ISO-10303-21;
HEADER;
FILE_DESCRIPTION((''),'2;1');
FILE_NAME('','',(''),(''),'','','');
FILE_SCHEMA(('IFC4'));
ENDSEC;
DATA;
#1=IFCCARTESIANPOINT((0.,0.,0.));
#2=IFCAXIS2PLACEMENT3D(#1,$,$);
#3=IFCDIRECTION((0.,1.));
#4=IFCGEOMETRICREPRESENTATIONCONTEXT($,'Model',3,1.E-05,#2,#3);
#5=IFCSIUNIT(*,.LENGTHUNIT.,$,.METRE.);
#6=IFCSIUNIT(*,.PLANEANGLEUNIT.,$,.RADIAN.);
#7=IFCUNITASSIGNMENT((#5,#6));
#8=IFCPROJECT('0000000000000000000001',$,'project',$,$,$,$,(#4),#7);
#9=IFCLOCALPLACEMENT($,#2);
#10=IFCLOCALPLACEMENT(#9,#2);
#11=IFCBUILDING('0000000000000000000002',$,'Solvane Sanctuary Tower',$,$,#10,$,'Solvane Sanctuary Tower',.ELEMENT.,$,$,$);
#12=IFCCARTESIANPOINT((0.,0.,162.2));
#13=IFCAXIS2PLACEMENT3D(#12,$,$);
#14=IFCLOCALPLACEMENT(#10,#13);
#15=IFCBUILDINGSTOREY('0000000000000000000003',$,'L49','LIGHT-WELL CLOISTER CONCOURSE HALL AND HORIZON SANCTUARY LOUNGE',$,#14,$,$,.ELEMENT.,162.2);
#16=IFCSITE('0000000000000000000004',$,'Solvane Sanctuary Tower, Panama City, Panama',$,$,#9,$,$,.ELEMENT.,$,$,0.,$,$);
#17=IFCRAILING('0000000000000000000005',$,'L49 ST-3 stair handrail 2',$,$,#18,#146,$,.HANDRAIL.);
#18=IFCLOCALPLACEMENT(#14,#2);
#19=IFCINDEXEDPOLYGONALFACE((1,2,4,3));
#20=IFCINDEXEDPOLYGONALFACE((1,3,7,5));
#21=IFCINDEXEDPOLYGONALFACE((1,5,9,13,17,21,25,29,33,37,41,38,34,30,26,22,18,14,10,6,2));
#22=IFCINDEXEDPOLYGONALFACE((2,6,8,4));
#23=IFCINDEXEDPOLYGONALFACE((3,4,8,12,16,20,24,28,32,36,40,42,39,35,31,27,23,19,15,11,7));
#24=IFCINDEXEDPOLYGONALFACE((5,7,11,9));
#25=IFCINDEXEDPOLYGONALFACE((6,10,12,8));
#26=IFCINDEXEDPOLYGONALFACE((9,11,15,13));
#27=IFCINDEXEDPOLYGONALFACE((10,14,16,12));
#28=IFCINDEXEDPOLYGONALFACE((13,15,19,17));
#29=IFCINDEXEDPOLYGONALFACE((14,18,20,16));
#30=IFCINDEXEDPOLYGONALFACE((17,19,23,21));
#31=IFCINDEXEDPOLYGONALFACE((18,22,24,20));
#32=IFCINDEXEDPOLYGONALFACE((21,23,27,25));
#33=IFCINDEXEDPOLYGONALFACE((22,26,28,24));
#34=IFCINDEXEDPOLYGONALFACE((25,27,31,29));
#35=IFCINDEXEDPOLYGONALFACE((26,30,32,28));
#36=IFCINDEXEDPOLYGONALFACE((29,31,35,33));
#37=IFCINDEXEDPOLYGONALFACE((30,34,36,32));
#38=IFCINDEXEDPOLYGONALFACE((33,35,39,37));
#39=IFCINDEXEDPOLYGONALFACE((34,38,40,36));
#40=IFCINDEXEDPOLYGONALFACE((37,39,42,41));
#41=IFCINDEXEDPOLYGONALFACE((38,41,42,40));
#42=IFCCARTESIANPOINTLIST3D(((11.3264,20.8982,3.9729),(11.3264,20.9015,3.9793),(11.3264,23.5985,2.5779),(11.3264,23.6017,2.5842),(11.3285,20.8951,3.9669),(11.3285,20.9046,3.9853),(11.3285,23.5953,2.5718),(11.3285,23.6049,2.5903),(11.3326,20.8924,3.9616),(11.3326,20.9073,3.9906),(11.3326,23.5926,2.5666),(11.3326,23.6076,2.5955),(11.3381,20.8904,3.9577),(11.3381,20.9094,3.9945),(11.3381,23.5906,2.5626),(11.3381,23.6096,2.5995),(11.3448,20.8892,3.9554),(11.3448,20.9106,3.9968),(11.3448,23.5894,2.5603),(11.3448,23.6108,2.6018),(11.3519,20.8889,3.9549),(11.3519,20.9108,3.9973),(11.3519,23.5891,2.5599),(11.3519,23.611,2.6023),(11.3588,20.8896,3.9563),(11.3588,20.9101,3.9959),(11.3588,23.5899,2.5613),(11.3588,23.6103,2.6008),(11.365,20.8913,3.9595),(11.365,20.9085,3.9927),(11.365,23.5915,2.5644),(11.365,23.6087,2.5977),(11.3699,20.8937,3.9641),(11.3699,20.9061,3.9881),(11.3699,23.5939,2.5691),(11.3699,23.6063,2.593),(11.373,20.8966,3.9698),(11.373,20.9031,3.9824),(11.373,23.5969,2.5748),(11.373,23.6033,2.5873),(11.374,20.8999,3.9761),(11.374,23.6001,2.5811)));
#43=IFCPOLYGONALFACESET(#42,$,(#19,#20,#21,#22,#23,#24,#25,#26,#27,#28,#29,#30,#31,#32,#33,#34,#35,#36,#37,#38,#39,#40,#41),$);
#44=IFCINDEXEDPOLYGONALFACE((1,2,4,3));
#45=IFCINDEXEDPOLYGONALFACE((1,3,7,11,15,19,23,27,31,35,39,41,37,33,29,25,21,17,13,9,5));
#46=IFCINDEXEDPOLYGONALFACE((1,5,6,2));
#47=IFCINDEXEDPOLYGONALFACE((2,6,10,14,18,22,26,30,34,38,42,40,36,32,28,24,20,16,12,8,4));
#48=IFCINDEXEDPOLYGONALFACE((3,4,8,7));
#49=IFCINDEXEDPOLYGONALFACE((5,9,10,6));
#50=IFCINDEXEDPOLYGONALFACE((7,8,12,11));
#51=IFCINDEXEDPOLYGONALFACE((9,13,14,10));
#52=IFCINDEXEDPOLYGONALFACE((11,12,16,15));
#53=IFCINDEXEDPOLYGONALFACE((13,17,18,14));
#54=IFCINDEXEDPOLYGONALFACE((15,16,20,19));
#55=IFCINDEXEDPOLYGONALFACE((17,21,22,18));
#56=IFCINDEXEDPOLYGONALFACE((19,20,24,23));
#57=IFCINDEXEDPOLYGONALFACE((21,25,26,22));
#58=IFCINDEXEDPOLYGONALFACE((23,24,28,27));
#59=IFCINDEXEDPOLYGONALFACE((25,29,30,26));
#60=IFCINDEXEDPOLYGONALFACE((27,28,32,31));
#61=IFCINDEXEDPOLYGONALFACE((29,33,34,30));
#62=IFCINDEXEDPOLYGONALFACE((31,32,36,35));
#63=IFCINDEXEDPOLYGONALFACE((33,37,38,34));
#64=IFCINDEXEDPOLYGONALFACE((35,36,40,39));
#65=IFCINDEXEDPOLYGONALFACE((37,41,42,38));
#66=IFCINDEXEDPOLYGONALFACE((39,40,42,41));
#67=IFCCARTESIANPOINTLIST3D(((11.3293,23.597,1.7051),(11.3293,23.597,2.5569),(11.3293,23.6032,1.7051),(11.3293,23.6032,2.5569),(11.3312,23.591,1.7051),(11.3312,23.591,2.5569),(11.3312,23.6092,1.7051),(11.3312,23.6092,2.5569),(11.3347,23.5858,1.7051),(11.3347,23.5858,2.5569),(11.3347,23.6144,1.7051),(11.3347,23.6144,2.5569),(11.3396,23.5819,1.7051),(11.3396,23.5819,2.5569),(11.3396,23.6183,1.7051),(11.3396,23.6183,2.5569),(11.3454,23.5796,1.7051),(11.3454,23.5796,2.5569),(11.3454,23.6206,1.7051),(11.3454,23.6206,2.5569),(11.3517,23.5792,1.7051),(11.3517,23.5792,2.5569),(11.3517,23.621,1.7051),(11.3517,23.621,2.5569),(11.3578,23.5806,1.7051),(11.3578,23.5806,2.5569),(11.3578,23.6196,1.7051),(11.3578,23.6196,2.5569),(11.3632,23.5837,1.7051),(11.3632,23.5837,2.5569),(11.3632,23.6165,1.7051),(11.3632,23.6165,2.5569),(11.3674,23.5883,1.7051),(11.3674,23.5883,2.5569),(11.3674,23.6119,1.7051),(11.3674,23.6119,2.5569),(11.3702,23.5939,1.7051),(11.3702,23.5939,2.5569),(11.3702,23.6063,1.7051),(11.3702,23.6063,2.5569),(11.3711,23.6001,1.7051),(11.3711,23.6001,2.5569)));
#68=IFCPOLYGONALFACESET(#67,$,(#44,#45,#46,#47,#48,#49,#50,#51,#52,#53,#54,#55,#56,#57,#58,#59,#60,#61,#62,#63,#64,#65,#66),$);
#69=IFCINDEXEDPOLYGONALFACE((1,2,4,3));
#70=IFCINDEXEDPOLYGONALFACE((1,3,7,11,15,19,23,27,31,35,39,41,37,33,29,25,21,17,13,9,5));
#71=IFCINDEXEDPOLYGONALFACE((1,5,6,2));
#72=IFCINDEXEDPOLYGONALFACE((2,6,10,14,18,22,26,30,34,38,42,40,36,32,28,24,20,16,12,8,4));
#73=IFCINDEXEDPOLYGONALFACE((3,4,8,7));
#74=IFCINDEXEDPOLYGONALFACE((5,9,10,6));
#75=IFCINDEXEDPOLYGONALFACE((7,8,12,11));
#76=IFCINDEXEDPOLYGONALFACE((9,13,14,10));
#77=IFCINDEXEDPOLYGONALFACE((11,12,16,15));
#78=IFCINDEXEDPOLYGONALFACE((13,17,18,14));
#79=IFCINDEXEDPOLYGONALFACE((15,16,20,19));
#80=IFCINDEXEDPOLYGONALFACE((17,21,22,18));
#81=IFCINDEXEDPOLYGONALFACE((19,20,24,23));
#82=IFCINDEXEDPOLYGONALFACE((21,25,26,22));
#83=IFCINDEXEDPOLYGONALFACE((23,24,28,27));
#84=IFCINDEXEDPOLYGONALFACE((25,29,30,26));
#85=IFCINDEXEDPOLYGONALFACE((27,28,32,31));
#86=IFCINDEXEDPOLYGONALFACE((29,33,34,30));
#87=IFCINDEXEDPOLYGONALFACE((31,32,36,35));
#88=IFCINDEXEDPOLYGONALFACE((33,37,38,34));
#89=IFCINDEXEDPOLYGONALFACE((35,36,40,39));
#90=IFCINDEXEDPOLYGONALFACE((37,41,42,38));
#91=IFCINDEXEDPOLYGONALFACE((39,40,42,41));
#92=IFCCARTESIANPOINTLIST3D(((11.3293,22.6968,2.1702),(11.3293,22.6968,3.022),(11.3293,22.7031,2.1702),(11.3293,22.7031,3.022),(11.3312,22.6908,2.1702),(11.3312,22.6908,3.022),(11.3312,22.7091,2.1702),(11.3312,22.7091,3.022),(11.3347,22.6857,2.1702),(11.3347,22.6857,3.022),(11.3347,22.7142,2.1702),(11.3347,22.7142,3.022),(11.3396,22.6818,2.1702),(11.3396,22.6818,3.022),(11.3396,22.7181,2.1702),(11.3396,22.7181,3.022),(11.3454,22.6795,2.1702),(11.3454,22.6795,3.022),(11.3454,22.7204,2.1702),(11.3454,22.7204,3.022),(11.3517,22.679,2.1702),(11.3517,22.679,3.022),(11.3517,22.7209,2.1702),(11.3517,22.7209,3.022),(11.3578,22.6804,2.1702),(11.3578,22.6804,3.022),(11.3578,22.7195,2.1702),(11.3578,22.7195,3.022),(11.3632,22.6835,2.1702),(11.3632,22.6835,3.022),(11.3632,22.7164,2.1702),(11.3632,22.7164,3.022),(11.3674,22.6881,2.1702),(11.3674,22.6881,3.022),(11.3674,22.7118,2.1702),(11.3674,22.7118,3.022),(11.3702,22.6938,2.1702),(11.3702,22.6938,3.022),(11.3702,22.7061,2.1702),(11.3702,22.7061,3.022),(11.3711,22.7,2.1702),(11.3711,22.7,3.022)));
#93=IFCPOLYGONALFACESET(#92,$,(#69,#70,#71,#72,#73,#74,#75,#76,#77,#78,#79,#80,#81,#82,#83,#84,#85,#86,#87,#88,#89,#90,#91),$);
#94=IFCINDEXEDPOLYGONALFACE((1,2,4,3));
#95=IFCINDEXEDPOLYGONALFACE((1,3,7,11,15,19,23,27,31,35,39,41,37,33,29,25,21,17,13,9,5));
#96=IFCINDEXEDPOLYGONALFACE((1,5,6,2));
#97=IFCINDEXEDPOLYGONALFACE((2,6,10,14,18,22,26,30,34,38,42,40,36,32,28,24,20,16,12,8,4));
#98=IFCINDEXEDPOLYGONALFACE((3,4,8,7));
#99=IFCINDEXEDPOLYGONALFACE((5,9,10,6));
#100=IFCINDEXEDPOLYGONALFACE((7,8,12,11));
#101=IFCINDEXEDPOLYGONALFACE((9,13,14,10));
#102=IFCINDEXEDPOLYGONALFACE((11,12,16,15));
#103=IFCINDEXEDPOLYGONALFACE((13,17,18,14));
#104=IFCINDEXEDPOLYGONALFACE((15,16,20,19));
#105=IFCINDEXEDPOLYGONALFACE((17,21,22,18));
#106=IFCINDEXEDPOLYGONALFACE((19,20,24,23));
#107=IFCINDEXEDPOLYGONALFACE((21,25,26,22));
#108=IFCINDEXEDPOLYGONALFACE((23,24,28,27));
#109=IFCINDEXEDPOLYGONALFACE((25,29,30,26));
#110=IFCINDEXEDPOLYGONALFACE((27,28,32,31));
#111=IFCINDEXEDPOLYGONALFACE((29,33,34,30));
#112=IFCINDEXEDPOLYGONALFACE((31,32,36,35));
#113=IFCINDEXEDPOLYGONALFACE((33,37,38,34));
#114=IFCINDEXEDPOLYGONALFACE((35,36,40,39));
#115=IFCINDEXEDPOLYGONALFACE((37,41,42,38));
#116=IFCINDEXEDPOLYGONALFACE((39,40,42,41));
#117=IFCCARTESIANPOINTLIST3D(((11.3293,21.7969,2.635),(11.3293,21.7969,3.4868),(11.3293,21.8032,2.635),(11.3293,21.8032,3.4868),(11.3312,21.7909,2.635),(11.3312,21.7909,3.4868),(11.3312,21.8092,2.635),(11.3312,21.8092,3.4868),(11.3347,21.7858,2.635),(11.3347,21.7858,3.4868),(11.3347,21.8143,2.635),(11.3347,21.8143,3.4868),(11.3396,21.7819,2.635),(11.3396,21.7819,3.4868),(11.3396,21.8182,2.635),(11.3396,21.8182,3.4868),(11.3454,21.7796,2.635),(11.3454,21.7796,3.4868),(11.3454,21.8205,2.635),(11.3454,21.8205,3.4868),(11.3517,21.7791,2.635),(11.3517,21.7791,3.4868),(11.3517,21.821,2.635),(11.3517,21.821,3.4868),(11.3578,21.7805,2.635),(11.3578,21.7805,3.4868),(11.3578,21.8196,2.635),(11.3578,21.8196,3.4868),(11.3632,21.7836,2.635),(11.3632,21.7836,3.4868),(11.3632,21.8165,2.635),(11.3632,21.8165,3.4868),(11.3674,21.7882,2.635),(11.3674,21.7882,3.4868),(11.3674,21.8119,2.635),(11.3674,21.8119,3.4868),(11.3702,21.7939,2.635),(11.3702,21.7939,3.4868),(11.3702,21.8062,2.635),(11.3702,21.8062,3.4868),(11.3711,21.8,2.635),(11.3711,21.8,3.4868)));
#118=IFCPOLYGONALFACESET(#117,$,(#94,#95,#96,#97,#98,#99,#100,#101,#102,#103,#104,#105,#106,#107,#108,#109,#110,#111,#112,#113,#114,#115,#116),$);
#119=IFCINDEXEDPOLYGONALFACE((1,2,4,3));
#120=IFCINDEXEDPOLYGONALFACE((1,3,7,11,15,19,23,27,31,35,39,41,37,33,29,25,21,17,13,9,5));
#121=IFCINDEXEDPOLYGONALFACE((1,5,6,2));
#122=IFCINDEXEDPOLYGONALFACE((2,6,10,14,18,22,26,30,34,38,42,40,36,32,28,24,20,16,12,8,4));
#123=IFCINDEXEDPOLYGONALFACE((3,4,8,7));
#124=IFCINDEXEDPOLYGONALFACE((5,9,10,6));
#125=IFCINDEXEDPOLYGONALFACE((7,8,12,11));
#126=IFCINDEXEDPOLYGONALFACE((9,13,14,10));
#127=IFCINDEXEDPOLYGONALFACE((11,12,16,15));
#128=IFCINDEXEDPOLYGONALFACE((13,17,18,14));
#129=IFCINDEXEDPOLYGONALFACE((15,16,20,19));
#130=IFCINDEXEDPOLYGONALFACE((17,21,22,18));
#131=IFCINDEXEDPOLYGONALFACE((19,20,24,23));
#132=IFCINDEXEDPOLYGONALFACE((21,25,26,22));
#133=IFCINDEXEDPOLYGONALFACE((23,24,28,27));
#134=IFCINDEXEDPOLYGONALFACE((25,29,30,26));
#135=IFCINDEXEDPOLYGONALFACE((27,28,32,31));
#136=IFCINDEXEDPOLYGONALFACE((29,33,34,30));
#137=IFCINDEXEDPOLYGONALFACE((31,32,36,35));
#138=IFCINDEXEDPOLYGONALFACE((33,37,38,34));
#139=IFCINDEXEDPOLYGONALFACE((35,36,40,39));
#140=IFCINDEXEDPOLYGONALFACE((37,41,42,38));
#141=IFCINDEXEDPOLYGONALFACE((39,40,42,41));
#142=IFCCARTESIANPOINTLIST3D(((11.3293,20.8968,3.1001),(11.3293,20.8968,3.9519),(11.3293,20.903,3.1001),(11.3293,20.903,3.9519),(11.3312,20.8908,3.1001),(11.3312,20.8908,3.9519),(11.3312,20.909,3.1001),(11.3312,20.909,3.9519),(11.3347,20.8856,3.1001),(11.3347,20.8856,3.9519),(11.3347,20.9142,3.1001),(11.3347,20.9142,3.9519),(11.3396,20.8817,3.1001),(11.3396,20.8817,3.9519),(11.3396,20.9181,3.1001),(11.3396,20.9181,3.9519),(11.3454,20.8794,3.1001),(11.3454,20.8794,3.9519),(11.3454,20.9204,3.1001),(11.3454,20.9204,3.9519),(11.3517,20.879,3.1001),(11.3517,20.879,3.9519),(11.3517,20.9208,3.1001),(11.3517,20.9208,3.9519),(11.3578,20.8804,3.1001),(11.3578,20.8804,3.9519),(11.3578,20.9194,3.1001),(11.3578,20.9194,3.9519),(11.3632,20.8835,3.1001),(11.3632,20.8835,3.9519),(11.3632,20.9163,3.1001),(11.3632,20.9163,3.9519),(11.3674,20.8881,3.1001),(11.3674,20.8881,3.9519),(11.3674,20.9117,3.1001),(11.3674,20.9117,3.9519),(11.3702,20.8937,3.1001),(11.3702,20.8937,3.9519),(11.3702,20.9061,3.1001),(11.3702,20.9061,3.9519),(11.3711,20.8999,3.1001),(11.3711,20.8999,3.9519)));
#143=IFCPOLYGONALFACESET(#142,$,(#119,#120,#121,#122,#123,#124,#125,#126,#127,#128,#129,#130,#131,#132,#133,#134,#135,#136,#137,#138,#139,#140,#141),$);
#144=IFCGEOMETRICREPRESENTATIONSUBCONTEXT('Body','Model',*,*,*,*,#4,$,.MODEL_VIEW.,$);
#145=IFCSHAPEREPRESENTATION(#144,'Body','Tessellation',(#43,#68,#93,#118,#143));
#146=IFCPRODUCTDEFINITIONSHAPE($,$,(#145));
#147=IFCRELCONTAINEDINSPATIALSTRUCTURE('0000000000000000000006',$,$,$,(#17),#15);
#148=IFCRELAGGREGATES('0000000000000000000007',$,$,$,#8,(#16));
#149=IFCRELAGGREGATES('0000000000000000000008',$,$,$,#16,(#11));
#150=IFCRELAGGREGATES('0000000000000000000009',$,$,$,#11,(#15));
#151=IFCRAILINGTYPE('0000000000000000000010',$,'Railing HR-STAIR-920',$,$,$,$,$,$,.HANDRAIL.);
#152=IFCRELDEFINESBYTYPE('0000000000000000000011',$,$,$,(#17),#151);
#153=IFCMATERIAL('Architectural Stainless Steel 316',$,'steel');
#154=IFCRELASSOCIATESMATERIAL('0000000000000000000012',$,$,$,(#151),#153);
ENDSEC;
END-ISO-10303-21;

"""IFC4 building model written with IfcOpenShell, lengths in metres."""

from ifc_helpers import new_model, si_unit, direction, frame, origin, origin_2d, place, context, subcontext, project, spatial, circle, extrude, material, type_object, element, save


model = new_model("IFC4")

# Units and contexts
model_context = context("Model", 3, precision=1e-05, world=origin(), true_north=direction((0.0, 1.0)))
body_context = subcontext(model_context, "Body", "Model", "MODEL_VIEW")
ifc_project = project(units=[si_unit("LENGTHUNIT", "METRE"), si_unit("PLANEANGLEUNIT", "RADIAN")], contexts=[model_context])

# Site, building, storey
site_placement = place(None, origin())
site = spatial("IfcSite", under=ifc_project, at=site_placement, Name="Solvane Sanctuary Tower, Panama City, Panama", CompositionType="ELEMENT", RefElevation=0.0)
building_placement = place(site_placement, origin())
building = spatial("IfcBuilding", under=site, at=building_placement, Name="Solvane Sanctuary Tower", LongName="Solvane Sanctuary Tower", CompositionType="ELEMENT")
storey_placement = place(building_placement, frame((0.0, 0.0, 162.2)))
storey = spatial("IfcBuildingStorey", under=building, at=storey_placement, Name="L49", Description="LIGHT-WELL CLOISTER CONCOURSE HALL AND HORIZON SANCTUARY LOUNGE", CompositionType="ELEMENT", Elevation=162.2)

# Railing
ifc_material_1 = material(Name="Architectural Stainless Steel 316", Category="steel")
railing_type_1 = type_object("IfcRailingType", Name="Railing HR-STAIR-920", PredefinedType="HANDRAIL", material=ifc_material_1)
railing_1_placement = place(storey_placement, frame((11.3501, 23.6001, 1.7051)))
element("IfcRailing", 1, at=railing_1_placement, inside=storey, type_object=railing_type_1, Name="L49 ST-3 stair handrail 2", PredefinedType="HANDRAIL", context=body_context, shape_type="SweptSolid", body=[
    extrude(circle(Radius=0.0239, at=origin_2d()), frame((0.0, 0.0, 0.876), z_axis=(0.0, -0.888437, 0.458999), x_axis=(1.0, 0.0, 0.0)), (0.0, 0.0, 1.0), 3.0393),
    extrude(circle(Radius=0.021, at=origin_2d()), origin(), (0.0, 0.0, 1.0), 0.8518),
    extrude(circle(Radius=0.021, at=origin_2d()), frame((0.0, -0.9001, 0.4651)), (0.0, 0.0, 1.0), 0.8518),
    extrude(circle(Radius=0.021, at=origin_2d()), frame((0.0, -1.8, 0.9299)), (0.0, 0.0, 1.0), 0.8518),
    extrude(circle(Radius=0.021, at=origin_2d()), frame((0.0, -2.7002, 1.395)), (0.0, 0.0, 1.0), 0.8518),
])

save(model, "model.ifc")
